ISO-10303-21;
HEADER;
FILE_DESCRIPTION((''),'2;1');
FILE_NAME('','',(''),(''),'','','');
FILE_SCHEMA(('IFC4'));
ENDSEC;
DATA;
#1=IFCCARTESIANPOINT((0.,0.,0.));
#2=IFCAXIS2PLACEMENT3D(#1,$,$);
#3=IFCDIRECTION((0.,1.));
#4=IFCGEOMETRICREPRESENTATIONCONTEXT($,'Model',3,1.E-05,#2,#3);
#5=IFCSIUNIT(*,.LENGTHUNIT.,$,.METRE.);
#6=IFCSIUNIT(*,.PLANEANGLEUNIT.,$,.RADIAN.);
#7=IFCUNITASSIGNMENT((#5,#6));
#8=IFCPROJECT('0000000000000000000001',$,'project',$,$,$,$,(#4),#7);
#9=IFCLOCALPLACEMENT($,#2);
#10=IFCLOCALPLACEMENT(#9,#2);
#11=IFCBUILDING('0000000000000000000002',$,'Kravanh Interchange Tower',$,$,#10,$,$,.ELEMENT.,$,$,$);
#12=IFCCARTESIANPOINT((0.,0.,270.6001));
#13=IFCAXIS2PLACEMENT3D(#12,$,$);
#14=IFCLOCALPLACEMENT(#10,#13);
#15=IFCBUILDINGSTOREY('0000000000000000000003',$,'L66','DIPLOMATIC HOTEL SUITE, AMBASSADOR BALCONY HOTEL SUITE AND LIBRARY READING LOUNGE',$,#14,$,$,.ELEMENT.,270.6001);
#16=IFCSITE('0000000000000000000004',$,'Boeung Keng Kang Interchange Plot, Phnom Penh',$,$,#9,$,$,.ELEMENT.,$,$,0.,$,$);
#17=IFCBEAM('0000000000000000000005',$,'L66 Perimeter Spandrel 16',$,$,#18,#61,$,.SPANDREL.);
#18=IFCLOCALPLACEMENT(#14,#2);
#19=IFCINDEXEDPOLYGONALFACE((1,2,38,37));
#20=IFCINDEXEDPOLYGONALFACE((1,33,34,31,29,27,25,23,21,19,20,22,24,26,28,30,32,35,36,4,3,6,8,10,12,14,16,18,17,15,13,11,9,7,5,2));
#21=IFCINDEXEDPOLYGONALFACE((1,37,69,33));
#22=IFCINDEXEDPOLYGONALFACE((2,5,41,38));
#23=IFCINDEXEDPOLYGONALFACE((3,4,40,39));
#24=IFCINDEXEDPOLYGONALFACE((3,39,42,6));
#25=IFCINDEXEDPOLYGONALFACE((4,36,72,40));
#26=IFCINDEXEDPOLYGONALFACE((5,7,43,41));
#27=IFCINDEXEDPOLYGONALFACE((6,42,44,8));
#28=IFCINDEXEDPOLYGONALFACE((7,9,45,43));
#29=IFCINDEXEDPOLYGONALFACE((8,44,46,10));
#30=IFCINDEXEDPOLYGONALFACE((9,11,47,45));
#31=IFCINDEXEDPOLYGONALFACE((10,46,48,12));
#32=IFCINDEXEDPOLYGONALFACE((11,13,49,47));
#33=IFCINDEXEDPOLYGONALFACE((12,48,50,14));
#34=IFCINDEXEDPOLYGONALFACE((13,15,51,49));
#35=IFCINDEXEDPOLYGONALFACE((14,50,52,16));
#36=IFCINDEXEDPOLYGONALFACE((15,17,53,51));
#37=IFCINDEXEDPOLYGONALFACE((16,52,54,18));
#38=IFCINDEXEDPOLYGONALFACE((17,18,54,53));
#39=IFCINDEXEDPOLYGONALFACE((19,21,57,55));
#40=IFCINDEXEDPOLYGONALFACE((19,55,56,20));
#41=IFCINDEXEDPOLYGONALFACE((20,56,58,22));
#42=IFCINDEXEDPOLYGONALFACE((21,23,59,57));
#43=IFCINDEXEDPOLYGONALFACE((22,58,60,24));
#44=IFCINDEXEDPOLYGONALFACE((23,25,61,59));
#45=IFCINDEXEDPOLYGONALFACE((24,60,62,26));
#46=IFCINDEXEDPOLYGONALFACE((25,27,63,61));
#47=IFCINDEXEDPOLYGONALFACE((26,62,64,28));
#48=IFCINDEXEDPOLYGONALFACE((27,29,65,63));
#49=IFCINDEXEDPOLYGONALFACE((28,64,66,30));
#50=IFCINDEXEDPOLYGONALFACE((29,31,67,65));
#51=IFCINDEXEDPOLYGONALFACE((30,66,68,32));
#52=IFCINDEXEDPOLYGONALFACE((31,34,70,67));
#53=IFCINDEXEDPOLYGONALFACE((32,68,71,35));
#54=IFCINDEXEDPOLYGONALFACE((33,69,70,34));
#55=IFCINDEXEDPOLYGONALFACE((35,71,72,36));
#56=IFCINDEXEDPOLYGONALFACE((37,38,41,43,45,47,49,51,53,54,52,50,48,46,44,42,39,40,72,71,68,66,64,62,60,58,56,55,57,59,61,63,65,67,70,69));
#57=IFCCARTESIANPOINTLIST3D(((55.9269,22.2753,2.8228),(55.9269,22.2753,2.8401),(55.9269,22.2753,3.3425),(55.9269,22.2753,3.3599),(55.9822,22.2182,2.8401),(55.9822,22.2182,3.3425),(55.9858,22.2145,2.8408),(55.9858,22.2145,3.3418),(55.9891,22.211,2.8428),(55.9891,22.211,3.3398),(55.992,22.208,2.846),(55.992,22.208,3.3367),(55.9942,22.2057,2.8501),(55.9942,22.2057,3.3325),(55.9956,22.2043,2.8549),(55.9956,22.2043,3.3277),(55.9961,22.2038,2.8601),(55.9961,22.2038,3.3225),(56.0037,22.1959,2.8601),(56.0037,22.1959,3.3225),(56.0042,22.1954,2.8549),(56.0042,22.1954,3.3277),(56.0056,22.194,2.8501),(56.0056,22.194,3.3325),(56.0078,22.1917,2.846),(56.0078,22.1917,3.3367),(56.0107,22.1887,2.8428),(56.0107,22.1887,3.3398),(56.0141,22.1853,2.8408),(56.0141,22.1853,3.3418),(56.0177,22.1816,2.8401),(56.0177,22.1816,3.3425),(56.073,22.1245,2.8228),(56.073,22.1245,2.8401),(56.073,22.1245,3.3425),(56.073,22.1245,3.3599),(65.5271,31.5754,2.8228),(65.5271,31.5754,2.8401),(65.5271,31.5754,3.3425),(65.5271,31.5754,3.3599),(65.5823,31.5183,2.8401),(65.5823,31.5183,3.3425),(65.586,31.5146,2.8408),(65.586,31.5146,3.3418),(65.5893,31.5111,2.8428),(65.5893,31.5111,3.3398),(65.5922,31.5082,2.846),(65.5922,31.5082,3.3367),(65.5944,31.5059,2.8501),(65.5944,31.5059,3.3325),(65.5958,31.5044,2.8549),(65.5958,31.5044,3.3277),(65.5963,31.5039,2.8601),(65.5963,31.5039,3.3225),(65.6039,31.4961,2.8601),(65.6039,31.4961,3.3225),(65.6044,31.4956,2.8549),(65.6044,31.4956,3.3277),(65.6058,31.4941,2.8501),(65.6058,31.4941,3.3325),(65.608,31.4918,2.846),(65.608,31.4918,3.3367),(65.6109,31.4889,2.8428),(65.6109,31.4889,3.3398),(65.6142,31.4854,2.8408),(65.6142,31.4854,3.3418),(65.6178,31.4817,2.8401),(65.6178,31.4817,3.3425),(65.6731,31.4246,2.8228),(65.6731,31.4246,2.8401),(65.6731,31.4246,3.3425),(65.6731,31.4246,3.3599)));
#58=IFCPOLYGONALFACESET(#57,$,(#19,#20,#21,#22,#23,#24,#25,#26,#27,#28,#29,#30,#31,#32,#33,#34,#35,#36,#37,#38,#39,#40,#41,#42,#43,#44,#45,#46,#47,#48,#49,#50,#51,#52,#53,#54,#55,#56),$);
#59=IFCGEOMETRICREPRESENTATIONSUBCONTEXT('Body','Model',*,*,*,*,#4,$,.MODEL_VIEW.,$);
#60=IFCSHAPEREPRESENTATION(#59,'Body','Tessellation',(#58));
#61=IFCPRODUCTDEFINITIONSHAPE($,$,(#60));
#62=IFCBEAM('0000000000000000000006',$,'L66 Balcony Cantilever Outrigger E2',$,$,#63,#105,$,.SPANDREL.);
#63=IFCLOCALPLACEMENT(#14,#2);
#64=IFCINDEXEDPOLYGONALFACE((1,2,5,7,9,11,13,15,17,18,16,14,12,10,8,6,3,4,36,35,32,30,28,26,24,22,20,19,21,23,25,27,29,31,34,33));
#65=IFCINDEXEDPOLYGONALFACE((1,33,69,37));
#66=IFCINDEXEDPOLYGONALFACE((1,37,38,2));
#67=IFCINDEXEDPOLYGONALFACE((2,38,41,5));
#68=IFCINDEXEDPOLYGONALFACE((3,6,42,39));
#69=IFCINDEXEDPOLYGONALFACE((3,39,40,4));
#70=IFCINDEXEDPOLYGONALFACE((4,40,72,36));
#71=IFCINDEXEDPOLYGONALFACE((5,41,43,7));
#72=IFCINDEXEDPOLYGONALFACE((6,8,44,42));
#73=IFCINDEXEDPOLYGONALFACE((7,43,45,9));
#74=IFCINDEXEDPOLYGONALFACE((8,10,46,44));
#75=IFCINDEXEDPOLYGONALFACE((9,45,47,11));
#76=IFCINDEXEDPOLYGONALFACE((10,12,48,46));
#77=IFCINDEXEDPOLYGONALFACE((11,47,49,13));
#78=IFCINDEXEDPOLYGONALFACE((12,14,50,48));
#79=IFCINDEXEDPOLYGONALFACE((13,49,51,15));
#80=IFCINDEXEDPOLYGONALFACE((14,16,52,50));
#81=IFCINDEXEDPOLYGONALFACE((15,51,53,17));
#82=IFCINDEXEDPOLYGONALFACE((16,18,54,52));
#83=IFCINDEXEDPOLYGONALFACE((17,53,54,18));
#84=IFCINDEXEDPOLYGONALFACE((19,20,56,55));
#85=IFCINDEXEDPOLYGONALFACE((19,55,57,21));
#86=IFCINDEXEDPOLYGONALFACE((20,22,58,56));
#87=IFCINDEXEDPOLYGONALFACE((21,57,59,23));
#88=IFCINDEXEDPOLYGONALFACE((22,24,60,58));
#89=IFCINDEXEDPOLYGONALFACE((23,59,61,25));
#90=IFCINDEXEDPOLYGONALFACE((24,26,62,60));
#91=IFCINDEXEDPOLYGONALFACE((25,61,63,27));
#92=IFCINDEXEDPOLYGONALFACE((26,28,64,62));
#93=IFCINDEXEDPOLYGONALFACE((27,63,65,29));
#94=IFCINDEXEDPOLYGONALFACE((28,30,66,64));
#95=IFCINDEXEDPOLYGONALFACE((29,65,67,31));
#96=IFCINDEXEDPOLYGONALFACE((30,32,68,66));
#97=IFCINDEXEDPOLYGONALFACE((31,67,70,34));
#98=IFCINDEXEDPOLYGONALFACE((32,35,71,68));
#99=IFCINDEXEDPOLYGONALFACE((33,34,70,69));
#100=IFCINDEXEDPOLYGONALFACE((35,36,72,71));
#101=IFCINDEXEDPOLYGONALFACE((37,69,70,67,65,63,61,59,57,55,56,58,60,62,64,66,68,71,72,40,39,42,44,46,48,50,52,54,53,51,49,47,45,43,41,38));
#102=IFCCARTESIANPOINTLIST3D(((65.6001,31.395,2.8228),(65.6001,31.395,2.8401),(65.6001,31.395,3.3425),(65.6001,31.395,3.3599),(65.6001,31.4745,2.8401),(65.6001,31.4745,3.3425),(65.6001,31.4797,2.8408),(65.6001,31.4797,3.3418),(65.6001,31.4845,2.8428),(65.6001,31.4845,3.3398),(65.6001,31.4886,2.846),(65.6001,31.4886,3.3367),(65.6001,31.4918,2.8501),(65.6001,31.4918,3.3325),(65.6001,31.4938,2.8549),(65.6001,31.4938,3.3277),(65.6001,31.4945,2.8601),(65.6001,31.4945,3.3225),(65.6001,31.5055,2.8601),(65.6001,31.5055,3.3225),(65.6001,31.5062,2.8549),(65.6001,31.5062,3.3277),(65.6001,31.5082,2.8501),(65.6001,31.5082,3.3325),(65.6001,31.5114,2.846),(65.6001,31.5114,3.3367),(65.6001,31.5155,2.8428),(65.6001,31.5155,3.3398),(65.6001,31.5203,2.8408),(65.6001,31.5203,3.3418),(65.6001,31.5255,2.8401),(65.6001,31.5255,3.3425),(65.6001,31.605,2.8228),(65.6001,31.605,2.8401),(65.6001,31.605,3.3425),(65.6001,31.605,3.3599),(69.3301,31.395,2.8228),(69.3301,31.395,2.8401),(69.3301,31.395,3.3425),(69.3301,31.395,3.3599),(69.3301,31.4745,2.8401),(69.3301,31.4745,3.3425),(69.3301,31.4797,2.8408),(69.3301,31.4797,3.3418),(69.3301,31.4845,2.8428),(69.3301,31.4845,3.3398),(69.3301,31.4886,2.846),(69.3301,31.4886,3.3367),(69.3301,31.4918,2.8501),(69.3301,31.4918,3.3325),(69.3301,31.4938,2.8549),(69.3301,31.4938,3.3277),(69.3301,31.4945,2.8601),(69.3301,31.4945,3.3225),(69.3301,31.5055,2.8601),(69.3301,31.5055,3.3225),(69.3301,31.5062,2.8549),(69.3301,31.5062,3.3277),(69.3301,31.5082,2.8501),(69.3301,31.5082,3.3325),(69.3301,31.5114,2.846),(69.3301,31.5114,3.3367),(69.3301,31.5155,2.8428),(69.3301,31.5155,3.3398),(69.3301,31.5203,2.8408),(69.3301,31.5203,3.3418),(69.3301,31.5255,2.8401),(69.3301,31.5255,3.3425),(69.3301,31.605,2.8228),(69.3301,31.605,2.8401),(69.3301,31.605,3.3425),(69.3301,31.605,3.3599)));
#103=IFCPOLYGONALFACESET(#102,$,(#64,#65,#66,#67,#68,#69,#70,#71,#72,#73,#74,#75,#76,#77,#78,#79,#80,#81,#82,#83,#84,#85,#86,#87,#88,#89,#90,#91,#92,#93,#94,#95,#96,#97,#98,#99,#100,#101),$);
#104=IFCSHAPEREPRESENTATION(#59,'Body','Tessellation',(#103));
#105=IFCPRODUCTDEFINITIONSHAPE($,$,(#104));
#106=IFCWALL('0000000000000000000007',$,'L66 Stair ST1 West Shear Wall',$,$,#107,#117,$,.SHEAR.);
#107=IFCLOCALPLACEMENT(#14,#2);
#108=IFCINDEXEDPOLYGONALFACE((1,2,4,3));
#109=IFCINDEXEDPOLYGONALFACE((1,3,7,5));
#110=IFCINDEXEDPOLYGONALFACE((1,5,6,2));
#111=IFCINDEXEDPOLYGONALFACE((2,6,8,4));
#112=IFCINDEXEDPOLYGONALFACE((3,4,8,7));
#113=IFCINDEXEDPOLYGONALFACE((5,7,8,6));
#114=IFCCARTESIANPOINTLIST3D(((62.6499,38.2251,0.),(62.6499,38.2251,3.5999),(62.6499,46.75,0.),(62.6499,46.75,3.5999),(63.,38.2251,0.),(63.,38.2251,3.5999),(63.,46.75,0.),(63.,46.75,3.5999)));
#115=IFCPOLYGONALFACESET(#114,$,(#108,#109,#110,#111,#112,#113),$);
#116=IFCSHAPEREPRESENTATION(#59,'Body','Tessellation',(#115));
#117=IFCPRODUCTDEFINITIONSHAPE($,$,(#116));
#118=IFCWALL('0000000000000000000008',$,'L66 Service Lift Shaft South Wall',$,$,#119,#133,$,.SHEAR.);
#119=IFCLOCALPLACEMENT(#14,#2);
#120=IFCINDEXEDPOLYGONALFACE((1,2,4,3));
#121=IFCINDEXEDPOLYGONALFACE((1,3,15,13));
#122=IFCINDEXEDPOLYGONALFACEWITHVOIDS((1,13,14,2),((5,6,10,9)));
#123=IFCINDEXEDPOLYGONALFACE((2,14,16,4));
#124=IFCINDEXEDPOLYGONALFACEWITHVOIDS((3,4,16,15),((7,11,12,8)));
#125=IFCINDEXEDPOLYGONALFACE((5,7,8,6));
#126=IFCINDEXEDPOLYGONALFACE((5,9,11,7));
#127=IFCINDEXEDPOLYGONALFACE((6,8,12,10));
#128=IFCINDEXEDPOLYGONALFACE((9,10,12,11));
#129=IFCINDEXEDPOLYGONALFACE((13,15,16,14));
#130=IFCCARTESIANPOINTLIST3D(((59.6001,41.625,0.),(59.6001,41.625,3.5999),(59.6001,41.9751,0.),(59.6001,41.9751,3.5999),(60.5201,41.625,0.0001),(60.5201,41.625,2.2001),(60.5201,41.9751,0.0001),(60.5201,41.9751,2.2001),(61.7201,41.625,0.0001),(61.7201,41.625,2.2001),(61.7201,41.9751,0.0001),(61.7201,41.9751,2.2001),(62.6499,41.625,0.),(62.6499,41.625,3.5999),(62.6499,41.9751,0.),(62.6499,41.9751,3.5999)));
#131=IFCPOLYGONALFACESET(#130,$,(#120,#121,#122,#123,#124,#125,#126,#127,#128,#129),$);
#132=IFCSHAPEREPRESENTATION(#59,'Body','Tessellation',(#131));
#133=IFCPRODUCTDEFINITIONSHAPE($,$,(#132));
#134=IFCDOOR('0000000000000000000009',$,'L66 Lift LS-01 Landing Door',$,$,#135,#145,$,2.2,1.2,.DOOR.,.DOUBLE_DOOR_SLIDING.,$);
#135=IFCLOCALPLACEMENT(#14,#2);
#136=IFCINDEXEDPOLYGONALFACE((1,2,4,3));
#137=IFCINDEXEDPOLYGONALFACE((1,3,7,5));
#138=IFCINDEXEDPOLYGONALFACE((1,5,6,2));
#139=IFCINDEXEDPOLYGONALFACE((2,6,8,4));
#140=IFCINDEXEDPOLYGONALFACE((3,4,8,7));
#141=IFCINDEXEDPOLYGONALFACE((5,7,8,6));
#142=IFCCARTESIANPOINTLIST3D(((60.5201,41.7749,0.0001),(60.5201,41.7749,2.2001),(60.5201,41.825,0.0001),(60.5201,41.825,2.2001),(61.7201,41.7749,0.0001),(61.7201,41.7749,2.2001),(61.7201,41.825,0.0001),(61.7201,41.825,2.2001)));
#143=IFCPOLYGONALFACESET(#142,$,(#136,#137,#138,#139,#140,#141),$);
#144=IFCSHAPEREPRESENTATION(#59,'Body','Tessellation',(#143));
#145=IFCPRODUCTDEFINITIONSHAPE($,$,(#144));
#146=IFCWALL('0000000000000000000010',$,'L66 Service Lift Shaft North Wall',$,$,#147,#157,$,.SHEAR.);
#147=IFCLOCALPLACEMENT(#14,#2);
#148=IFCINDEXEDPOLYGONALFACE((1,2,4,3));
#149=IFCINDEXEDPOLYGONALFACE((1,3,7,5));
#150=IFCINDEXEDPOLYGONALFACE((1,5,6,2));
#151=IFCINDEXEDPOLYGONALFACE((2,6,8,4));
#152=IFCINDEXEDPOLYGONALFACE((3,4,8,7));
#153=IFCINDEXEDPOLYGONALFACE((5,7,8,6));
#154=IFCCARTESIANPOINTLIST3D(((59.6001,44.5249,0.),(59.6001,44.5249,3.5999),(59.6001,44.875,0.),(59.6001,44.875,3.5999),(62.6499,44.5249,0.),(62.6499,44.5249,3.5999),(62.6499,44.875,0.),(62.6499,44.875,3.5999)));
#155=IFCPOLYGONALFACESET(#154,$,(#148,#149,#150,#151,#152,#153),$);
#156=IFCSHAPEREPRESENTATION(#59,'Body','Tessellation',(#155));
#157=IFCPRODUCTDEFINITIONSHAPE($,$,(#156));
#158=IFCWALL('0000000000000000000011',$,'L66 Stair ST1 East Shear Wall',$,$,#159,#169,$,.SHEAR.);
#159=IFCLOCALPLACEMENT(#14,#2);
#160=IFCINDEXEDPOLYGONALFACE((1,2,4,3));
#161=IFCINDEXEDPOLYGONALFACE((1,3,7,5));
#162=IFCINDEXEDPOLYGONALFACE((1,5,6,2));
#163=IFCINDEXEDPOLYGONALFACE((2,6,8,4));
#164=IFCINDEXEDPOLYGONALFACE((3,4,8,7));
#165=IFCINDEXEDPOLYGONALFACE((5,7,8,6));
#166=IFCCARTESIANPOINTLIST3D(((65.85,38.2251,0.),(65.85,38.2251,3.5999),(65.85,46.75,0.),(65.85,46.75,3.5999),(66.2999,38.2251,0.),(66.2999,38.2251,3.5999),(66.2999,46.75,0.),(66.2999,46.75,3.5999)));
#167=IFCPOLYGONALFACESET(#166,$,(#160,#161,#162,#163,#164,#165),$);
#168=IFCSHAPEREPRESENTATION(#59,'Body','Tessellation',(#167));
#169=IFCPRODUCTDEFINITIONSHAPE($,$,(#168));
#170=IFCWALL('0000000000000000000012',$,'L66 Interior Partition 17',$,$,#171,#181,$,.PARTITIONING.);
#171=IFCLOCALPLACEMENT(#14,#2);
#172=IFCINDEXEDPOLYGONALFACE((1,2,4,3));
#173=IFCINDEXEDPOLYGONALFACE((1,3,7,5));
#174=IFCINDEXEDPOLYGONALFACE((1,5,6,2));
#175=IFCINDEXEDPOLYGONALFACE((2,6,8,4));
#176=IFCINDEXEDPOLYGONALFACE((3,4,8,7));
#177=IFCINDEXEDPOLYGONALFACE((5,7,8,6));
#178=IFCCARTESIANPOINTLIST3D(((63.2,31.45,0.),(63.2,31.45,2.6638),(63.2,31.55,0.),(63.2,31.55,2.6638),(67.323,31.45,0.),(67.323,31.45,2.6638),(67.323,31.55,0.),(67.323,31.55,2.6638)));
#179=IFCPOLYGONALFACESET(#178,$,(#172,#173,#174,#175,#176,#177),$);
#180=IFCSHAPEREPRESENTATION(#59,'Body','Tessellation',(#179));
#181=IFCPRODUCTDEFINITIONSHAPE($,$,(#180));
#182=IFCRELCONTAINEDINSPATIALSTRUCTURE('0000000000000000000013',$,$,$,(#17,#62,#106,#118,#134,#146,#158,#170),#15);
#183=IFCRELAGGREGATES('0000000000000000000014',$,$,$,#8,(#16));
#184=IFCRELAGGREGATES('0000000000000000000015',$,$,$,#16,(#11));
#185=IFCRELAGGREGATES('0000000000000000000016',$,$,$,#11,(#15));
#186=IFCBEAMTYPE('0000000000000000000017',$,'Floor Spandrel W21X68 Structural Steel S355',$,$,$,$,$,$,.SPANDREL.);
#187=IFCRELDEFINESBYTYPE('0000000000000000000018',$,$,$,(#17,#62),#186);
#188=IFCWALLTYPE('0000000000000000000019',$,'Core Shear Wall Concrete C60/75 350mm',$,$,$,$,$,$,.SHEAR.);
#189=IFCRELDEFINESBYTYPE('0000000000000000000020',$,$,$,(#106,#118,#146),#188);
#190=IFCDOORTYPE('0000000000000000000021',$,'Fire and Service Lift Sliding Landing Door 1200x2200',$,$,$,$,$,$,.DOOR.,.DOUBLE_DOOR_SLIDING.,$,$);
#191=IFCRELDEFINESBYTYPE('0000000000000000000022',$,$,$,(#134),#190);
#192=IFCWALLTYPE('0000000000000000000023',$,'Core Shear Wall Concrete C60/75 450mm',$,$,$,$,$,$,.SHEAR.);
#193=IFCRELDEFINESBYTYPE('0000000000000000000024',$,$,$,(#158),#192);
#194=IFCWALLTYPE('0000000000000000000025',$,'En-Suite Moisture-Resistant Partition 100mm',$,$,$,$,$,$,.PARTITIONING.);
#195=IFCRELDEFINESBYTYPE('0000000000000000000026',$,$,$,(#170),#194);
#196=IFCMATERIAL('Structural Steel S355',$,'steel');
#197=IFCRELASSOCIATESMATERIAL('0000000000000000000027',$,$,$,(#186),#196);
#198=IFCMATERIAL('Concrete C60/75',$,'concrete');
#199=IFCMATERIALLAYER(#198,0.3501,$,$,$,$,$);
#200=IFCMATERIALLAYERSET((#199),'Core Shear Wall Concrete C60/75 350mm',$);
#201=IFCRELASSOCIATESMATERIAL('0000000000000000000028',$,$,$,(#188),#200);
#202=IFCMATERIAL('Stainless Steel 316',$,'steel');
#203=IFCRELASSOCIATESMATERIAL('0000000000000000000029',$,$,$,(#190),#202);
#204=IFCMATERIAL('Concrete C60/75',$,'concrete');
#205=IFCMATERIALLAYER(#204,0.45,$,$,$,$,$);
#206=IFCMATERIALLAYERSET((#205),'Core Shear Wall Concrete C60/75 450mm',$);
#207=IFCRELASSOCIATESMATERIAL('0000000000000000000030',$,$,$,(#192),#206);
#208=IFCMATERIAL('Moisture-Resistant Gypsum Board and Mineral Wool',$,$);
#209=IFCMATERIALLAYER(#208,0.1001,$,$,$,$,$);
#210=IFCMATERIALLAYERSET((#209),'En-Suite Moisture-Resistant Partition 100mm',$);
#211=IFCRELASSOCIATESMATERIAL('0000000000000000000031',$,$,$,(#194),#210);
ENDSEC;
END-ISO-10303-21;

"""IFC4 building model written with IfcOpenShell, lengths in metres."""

from ifc_helpers import new_model, si_unit, direction, frame, frame_2d, origin, origin_2d, place, context, subcontext, project, spatial, rectangle, i_section, extrude, material, layer, layer_set, material_profile, profile_set, type_object, element, fill, save


model = new_model("IFC4")

# Units and contexts
model_context = context("Model", 3, precision=1e-05, world=origin(), true_north=direction((0.0, 1.0)))
body_context = subcontext(model_context, "Body", "Model", "MODEL_VIEW")
ifc_project = project(units=[si_unit("LENGTHUNIT", "METRE"), si_unit("PLANEANGLEUNIT", "RADIAN")], contexts=[model_context])

# Site, building, storey
site_placement = place(None, origin())
site = spatial("IfcSite", under=ifc_project, at=site_placement, Name="Boeung Keng Kang Interchange Plot, Phnom Penh", CompositionType="ELEMENT", RefElevation=0.0)
building_placement = place(site_placement, origin())
building = spatial("IfcBuilding", under=site, at=building_placement, Name="Kravanh Interchange Tower", CompositionType="ELEMENT")
storey_placement = place(building_placement, frame((0.0, 0.0, 270.6001)))
storey = spatial("IfcBuildingStorey", under=building, at=storey_placement, Name="L66", Description="DIPLOMATIC HOTEL SUITE, AMBASSADOR BALCONY HOTEL SUITE AND LIBRARY READING LOUNGE", CompositionType="ELEMENT", Elevation=270.6001)

# Beams
ifc_material_1 = material(Name="Structural Steel S355", Category="steel")
ifc_material_profile_1 = material_profile(ifc_material_1, i_section(OverallWidth=0.21, OverallDepth=0.5371, WebThickness=0.011, FlangeThickness=0.0173, FilletRadius=0.02, at=origin_2d()), Name="W21X68")
ifc_profile_set_1 = profile_set([ifc_material_profile_1], Name="Structural Steel S355")
beam_type_1 = type_object("IfcBeamType", Name="Floor Spandrel W21X68 Structural Steel S355", PredefinedType="SPANDREL", material=ifc_profile_set_1)
beam_1_placement = place(storey_placement, frame((65.6001, 31.5, 3.0913), z_axis=(-0.718242, -0.695793, 0.0), x_axis=(0.695793, -0.718242, 0.0)))
element("IfcBeam", 1, at=beam_1_placement, inside=storey, type_object=beam_type_1, Name="L66 Perimeter Spandrel 16", PredefinedType="SPANDREL", context=body_context, shape_type="SweptSolid", body=[
    extrude(i_section(OverallWidth=0.21, OverallDepth=0.5371, WebThickness=0.011, FlangeThickness=0.0173, FilletRadius=0.02, at=origin_2d()), origin(), (0.0, 0.0, 1.0), 13.3662),
])
beam_2_placement = place(storey_placement, frame((65.6001, 31.5, 3.0913), z_axis=(1.0, 0.0, 0.0), x_axis=(0.0, 1.0, 0.0)))
element("IfcBeam", 2, at=beam_2_placement, inside=storey, type_object=beam_type_1, Name="L66 Balcony Cantilever Outrigger E2", PredefinedType="SPANDREL", context=body_context, shape_type="SweptSolid", body=[
    extrude(i_section(OverallWidth=0.21, OverallDepth=0.5371, WebThickness=0.011, FlangeThickness=0.0173, FilletRadius=0.02, at=origin_2d()), origin(), (0.0, 0.0, 1.0), 3.73),
])

# Wall
ifc_material_2 = material(Name="Concrete C60/75", Category="concrete")
ifc_layer_1 = layer(ifc_material_2, 0.3501)
ifc_layer_set_1 = layer_set([ifc_layer_1], Name="Core Shear Wall Concrete C60/75 350mm")
wall_type_1 = type_object("IfcWallType", Name="Core Shear Wall Concrete C60/75 350mm", PredefinedType="SHEAR", material=ifc_layer_set_1)
wall_1_placement = place(storey_placement, frame((62.825, 38.2251, 0.0), z_axis=(0.0, 0.0, 1.0), x_axis=(0.0, 1.0, 0.0)))
element("IfcWall", 3, at=wall_1_placement, inside=storey, type_object=wall_type_1, Name="L66 Stair ST1 West Shear Wall", PredefinedType="SHEAR", context=body_context, shape_type="SweptSolid", body=[
    extrude(rectangle(XDim=8.5249, YDim=0.3501, at=frame_2d((4.2625, 0.0))), origin(), (0.0, 0.0, 1.0), 3.5999),
])

# Wall, opening, door
wall_2_placement = place(storey_placement, frame((59.6001, 41.8, 0.0), z_axis=(0.0, 0.0, 1.0), x_axis=(1.0, 0.0, 0.0)))
wall_2 = element("IfcWall", 4, at=wall_2_placement, inside=storey, type_object=wall_type_1, Name="L66 Service Lift Shaft South Wall", PredefinedType="SHEAR", context=body_context, shape_type="SweptSolid", body=[
    extrude(rectangle(XDim=3.0498, YDim=0.3501, at=frame_2d((1.5249, 0.0))), origin(), (0.0, 0.0, 1.0), 3.5999),
])
opening_1_placement = place(wall_2_placement, frame((0.9199, 0.0, 0.0)))
opening_1 = element("IfcOpeningElement", 5, at=opening_1_placement, cuts=wall_2, PredefinedType="OPENING", context=body_context, shape_type="SweptSolid", body=[
    extrude(rectangle(XDim=1.2, YDim=2.2, at=frame_2d((0.6001, 1.1001))), frame((0.0, 0.1851, 0.0), z_axis=(0.0, -1.0, 0.0), x_axis=(1.0, 0.0, 0.0)), (0.0, 0.0, 1.0), 0.3701),
])
ifc_material_3 = material(Name="Stainless Steel 316", Category="steel")
door_type_1 = type_object("IfcDoorType", Name="Fire and Service Lift Sliding Landing Door 1200x2200", OperationType="DOUBLE_DOOR_SLIDING", PredefinedType="DOOR", material=ifc_material_3)
door_1_placement = place(opening_1_placement, origin())
door_1 = element("IfcDoor", 6, at=door_1_placement, inside=storey, type_object=door_type_1, Name="L66 Lift LS-01 Landing Door", OperationType="DOUBLE_DOOR_SLIDING", OverallHeight=2.2, OverallWidth=1.2, PredefinedType="DOOR", context=body_context, shape_type="SweptSolid", body=[
    extrude(rectangle(XDim=1.2, YDim=2.2, at=frame_2d((0.6001, 1.1001))), frame((0.0, 0.0249, 0.0), z_axis=(0.0, -1.0, 0.0), x_axis=(1.0, 0.0, 0.0)), (0.0, 0.0, 1.0), 0.05),
])
fill(opening_1, door_1)

# Walls
wall_3_placement = place(storey_placement, frame((59.6001, 44.7, 0.0), z_axis=(0.0, 0.0, 1.0), x_axis=(1.0, 0.0, 0.0)))
element("IfcWall", 7, at=wall_3_placement, inside=storey, type_object=wall_type_1, Name="L66 Service Lift Shaft North Wall", PredefinedType="SHEAR", context=body_context, shape_type="SweptSolid", body=[
    extrude(rectangle(XDim=3.0498, YDim=0.3501, at=frame_2d((1.5249, 0.0))), origin(), (0.0, 0.0, 1.0), 3.5999),
])
ifc_material_4 = material(Name="Concrete C60/75", Category="concrete")
ifc_layer_2 = layer(ifc_material_4, 0.45)
ifc_layer_set_2 = layer_set([ifc_layer_2], Name="Core Shear Wall Concrete C60/75 450mm")
wall_type_2 = type_object("IfcWallType", Name="Core Shear Wall Concrete C60/75 450mm", PredefinedType="SHEAR", material=ifc_layer_set_2)
wall_4_placement = place(storey_placement, frame((66.075, 38.2251, 0.0), z_axis=(0.0, 0.0, 1.0), x_axis=(0.0, 1.0, 0.0)))
element("IfcWall", 8, at=wall_4_placement, inside=storey, type_object=wall_type_2, Name="L66 Stair ST1 East Shear Wall", PredefinedType="SHEAR", context=body_context, shape_type="SweptSolid", body=[
    extrude(rectangle(XDim=8.5249, YDim=0.45, at=frame_2d((4.2625, 0.0))), origin(), (0.0, 0.0, 1.0), 3.5999),
])
ifc_material_5 = material(Name="Moisture-Resistant Gypsum Board and Mineral Wool")
ifc_layer_3 = layer(ifc_material_5, 0.1001)
ifc_layer_set_3 = layer_set([ifc_layer_3], Name="En-Suite Moisture-Resistant Partition 100mm")
wall_type_3 = type_object("IfcWallType", Name="En-Suite Moisture-Resistant Partition 100mm", PredefinedType="PARTITIONING", material=ifc_layer_set_3)
wall_5_placement = place(storey_placement, frame((63.2, 31.5, 0.0), z_axis=(0.0, 0.0, 1.0), x_axis=(1.0, 0.0, 0.0)))
element("IfcWall", 9, at=wall_5_placement, inside=storey, type_object=wall_type_3, Name="L66 Interior Partition 17", PredefinedType="PARTITIONING", context=body_context, shape_type="SweptSolid", body=[
    extrude(rectangle(XDim=4.123, YDim=0.1001, at=frame_2d((2.0615, 0.0))), origin(), (0.0, 0.0, 1.0), 2.6638),
])

save(model, "model.ifc")
